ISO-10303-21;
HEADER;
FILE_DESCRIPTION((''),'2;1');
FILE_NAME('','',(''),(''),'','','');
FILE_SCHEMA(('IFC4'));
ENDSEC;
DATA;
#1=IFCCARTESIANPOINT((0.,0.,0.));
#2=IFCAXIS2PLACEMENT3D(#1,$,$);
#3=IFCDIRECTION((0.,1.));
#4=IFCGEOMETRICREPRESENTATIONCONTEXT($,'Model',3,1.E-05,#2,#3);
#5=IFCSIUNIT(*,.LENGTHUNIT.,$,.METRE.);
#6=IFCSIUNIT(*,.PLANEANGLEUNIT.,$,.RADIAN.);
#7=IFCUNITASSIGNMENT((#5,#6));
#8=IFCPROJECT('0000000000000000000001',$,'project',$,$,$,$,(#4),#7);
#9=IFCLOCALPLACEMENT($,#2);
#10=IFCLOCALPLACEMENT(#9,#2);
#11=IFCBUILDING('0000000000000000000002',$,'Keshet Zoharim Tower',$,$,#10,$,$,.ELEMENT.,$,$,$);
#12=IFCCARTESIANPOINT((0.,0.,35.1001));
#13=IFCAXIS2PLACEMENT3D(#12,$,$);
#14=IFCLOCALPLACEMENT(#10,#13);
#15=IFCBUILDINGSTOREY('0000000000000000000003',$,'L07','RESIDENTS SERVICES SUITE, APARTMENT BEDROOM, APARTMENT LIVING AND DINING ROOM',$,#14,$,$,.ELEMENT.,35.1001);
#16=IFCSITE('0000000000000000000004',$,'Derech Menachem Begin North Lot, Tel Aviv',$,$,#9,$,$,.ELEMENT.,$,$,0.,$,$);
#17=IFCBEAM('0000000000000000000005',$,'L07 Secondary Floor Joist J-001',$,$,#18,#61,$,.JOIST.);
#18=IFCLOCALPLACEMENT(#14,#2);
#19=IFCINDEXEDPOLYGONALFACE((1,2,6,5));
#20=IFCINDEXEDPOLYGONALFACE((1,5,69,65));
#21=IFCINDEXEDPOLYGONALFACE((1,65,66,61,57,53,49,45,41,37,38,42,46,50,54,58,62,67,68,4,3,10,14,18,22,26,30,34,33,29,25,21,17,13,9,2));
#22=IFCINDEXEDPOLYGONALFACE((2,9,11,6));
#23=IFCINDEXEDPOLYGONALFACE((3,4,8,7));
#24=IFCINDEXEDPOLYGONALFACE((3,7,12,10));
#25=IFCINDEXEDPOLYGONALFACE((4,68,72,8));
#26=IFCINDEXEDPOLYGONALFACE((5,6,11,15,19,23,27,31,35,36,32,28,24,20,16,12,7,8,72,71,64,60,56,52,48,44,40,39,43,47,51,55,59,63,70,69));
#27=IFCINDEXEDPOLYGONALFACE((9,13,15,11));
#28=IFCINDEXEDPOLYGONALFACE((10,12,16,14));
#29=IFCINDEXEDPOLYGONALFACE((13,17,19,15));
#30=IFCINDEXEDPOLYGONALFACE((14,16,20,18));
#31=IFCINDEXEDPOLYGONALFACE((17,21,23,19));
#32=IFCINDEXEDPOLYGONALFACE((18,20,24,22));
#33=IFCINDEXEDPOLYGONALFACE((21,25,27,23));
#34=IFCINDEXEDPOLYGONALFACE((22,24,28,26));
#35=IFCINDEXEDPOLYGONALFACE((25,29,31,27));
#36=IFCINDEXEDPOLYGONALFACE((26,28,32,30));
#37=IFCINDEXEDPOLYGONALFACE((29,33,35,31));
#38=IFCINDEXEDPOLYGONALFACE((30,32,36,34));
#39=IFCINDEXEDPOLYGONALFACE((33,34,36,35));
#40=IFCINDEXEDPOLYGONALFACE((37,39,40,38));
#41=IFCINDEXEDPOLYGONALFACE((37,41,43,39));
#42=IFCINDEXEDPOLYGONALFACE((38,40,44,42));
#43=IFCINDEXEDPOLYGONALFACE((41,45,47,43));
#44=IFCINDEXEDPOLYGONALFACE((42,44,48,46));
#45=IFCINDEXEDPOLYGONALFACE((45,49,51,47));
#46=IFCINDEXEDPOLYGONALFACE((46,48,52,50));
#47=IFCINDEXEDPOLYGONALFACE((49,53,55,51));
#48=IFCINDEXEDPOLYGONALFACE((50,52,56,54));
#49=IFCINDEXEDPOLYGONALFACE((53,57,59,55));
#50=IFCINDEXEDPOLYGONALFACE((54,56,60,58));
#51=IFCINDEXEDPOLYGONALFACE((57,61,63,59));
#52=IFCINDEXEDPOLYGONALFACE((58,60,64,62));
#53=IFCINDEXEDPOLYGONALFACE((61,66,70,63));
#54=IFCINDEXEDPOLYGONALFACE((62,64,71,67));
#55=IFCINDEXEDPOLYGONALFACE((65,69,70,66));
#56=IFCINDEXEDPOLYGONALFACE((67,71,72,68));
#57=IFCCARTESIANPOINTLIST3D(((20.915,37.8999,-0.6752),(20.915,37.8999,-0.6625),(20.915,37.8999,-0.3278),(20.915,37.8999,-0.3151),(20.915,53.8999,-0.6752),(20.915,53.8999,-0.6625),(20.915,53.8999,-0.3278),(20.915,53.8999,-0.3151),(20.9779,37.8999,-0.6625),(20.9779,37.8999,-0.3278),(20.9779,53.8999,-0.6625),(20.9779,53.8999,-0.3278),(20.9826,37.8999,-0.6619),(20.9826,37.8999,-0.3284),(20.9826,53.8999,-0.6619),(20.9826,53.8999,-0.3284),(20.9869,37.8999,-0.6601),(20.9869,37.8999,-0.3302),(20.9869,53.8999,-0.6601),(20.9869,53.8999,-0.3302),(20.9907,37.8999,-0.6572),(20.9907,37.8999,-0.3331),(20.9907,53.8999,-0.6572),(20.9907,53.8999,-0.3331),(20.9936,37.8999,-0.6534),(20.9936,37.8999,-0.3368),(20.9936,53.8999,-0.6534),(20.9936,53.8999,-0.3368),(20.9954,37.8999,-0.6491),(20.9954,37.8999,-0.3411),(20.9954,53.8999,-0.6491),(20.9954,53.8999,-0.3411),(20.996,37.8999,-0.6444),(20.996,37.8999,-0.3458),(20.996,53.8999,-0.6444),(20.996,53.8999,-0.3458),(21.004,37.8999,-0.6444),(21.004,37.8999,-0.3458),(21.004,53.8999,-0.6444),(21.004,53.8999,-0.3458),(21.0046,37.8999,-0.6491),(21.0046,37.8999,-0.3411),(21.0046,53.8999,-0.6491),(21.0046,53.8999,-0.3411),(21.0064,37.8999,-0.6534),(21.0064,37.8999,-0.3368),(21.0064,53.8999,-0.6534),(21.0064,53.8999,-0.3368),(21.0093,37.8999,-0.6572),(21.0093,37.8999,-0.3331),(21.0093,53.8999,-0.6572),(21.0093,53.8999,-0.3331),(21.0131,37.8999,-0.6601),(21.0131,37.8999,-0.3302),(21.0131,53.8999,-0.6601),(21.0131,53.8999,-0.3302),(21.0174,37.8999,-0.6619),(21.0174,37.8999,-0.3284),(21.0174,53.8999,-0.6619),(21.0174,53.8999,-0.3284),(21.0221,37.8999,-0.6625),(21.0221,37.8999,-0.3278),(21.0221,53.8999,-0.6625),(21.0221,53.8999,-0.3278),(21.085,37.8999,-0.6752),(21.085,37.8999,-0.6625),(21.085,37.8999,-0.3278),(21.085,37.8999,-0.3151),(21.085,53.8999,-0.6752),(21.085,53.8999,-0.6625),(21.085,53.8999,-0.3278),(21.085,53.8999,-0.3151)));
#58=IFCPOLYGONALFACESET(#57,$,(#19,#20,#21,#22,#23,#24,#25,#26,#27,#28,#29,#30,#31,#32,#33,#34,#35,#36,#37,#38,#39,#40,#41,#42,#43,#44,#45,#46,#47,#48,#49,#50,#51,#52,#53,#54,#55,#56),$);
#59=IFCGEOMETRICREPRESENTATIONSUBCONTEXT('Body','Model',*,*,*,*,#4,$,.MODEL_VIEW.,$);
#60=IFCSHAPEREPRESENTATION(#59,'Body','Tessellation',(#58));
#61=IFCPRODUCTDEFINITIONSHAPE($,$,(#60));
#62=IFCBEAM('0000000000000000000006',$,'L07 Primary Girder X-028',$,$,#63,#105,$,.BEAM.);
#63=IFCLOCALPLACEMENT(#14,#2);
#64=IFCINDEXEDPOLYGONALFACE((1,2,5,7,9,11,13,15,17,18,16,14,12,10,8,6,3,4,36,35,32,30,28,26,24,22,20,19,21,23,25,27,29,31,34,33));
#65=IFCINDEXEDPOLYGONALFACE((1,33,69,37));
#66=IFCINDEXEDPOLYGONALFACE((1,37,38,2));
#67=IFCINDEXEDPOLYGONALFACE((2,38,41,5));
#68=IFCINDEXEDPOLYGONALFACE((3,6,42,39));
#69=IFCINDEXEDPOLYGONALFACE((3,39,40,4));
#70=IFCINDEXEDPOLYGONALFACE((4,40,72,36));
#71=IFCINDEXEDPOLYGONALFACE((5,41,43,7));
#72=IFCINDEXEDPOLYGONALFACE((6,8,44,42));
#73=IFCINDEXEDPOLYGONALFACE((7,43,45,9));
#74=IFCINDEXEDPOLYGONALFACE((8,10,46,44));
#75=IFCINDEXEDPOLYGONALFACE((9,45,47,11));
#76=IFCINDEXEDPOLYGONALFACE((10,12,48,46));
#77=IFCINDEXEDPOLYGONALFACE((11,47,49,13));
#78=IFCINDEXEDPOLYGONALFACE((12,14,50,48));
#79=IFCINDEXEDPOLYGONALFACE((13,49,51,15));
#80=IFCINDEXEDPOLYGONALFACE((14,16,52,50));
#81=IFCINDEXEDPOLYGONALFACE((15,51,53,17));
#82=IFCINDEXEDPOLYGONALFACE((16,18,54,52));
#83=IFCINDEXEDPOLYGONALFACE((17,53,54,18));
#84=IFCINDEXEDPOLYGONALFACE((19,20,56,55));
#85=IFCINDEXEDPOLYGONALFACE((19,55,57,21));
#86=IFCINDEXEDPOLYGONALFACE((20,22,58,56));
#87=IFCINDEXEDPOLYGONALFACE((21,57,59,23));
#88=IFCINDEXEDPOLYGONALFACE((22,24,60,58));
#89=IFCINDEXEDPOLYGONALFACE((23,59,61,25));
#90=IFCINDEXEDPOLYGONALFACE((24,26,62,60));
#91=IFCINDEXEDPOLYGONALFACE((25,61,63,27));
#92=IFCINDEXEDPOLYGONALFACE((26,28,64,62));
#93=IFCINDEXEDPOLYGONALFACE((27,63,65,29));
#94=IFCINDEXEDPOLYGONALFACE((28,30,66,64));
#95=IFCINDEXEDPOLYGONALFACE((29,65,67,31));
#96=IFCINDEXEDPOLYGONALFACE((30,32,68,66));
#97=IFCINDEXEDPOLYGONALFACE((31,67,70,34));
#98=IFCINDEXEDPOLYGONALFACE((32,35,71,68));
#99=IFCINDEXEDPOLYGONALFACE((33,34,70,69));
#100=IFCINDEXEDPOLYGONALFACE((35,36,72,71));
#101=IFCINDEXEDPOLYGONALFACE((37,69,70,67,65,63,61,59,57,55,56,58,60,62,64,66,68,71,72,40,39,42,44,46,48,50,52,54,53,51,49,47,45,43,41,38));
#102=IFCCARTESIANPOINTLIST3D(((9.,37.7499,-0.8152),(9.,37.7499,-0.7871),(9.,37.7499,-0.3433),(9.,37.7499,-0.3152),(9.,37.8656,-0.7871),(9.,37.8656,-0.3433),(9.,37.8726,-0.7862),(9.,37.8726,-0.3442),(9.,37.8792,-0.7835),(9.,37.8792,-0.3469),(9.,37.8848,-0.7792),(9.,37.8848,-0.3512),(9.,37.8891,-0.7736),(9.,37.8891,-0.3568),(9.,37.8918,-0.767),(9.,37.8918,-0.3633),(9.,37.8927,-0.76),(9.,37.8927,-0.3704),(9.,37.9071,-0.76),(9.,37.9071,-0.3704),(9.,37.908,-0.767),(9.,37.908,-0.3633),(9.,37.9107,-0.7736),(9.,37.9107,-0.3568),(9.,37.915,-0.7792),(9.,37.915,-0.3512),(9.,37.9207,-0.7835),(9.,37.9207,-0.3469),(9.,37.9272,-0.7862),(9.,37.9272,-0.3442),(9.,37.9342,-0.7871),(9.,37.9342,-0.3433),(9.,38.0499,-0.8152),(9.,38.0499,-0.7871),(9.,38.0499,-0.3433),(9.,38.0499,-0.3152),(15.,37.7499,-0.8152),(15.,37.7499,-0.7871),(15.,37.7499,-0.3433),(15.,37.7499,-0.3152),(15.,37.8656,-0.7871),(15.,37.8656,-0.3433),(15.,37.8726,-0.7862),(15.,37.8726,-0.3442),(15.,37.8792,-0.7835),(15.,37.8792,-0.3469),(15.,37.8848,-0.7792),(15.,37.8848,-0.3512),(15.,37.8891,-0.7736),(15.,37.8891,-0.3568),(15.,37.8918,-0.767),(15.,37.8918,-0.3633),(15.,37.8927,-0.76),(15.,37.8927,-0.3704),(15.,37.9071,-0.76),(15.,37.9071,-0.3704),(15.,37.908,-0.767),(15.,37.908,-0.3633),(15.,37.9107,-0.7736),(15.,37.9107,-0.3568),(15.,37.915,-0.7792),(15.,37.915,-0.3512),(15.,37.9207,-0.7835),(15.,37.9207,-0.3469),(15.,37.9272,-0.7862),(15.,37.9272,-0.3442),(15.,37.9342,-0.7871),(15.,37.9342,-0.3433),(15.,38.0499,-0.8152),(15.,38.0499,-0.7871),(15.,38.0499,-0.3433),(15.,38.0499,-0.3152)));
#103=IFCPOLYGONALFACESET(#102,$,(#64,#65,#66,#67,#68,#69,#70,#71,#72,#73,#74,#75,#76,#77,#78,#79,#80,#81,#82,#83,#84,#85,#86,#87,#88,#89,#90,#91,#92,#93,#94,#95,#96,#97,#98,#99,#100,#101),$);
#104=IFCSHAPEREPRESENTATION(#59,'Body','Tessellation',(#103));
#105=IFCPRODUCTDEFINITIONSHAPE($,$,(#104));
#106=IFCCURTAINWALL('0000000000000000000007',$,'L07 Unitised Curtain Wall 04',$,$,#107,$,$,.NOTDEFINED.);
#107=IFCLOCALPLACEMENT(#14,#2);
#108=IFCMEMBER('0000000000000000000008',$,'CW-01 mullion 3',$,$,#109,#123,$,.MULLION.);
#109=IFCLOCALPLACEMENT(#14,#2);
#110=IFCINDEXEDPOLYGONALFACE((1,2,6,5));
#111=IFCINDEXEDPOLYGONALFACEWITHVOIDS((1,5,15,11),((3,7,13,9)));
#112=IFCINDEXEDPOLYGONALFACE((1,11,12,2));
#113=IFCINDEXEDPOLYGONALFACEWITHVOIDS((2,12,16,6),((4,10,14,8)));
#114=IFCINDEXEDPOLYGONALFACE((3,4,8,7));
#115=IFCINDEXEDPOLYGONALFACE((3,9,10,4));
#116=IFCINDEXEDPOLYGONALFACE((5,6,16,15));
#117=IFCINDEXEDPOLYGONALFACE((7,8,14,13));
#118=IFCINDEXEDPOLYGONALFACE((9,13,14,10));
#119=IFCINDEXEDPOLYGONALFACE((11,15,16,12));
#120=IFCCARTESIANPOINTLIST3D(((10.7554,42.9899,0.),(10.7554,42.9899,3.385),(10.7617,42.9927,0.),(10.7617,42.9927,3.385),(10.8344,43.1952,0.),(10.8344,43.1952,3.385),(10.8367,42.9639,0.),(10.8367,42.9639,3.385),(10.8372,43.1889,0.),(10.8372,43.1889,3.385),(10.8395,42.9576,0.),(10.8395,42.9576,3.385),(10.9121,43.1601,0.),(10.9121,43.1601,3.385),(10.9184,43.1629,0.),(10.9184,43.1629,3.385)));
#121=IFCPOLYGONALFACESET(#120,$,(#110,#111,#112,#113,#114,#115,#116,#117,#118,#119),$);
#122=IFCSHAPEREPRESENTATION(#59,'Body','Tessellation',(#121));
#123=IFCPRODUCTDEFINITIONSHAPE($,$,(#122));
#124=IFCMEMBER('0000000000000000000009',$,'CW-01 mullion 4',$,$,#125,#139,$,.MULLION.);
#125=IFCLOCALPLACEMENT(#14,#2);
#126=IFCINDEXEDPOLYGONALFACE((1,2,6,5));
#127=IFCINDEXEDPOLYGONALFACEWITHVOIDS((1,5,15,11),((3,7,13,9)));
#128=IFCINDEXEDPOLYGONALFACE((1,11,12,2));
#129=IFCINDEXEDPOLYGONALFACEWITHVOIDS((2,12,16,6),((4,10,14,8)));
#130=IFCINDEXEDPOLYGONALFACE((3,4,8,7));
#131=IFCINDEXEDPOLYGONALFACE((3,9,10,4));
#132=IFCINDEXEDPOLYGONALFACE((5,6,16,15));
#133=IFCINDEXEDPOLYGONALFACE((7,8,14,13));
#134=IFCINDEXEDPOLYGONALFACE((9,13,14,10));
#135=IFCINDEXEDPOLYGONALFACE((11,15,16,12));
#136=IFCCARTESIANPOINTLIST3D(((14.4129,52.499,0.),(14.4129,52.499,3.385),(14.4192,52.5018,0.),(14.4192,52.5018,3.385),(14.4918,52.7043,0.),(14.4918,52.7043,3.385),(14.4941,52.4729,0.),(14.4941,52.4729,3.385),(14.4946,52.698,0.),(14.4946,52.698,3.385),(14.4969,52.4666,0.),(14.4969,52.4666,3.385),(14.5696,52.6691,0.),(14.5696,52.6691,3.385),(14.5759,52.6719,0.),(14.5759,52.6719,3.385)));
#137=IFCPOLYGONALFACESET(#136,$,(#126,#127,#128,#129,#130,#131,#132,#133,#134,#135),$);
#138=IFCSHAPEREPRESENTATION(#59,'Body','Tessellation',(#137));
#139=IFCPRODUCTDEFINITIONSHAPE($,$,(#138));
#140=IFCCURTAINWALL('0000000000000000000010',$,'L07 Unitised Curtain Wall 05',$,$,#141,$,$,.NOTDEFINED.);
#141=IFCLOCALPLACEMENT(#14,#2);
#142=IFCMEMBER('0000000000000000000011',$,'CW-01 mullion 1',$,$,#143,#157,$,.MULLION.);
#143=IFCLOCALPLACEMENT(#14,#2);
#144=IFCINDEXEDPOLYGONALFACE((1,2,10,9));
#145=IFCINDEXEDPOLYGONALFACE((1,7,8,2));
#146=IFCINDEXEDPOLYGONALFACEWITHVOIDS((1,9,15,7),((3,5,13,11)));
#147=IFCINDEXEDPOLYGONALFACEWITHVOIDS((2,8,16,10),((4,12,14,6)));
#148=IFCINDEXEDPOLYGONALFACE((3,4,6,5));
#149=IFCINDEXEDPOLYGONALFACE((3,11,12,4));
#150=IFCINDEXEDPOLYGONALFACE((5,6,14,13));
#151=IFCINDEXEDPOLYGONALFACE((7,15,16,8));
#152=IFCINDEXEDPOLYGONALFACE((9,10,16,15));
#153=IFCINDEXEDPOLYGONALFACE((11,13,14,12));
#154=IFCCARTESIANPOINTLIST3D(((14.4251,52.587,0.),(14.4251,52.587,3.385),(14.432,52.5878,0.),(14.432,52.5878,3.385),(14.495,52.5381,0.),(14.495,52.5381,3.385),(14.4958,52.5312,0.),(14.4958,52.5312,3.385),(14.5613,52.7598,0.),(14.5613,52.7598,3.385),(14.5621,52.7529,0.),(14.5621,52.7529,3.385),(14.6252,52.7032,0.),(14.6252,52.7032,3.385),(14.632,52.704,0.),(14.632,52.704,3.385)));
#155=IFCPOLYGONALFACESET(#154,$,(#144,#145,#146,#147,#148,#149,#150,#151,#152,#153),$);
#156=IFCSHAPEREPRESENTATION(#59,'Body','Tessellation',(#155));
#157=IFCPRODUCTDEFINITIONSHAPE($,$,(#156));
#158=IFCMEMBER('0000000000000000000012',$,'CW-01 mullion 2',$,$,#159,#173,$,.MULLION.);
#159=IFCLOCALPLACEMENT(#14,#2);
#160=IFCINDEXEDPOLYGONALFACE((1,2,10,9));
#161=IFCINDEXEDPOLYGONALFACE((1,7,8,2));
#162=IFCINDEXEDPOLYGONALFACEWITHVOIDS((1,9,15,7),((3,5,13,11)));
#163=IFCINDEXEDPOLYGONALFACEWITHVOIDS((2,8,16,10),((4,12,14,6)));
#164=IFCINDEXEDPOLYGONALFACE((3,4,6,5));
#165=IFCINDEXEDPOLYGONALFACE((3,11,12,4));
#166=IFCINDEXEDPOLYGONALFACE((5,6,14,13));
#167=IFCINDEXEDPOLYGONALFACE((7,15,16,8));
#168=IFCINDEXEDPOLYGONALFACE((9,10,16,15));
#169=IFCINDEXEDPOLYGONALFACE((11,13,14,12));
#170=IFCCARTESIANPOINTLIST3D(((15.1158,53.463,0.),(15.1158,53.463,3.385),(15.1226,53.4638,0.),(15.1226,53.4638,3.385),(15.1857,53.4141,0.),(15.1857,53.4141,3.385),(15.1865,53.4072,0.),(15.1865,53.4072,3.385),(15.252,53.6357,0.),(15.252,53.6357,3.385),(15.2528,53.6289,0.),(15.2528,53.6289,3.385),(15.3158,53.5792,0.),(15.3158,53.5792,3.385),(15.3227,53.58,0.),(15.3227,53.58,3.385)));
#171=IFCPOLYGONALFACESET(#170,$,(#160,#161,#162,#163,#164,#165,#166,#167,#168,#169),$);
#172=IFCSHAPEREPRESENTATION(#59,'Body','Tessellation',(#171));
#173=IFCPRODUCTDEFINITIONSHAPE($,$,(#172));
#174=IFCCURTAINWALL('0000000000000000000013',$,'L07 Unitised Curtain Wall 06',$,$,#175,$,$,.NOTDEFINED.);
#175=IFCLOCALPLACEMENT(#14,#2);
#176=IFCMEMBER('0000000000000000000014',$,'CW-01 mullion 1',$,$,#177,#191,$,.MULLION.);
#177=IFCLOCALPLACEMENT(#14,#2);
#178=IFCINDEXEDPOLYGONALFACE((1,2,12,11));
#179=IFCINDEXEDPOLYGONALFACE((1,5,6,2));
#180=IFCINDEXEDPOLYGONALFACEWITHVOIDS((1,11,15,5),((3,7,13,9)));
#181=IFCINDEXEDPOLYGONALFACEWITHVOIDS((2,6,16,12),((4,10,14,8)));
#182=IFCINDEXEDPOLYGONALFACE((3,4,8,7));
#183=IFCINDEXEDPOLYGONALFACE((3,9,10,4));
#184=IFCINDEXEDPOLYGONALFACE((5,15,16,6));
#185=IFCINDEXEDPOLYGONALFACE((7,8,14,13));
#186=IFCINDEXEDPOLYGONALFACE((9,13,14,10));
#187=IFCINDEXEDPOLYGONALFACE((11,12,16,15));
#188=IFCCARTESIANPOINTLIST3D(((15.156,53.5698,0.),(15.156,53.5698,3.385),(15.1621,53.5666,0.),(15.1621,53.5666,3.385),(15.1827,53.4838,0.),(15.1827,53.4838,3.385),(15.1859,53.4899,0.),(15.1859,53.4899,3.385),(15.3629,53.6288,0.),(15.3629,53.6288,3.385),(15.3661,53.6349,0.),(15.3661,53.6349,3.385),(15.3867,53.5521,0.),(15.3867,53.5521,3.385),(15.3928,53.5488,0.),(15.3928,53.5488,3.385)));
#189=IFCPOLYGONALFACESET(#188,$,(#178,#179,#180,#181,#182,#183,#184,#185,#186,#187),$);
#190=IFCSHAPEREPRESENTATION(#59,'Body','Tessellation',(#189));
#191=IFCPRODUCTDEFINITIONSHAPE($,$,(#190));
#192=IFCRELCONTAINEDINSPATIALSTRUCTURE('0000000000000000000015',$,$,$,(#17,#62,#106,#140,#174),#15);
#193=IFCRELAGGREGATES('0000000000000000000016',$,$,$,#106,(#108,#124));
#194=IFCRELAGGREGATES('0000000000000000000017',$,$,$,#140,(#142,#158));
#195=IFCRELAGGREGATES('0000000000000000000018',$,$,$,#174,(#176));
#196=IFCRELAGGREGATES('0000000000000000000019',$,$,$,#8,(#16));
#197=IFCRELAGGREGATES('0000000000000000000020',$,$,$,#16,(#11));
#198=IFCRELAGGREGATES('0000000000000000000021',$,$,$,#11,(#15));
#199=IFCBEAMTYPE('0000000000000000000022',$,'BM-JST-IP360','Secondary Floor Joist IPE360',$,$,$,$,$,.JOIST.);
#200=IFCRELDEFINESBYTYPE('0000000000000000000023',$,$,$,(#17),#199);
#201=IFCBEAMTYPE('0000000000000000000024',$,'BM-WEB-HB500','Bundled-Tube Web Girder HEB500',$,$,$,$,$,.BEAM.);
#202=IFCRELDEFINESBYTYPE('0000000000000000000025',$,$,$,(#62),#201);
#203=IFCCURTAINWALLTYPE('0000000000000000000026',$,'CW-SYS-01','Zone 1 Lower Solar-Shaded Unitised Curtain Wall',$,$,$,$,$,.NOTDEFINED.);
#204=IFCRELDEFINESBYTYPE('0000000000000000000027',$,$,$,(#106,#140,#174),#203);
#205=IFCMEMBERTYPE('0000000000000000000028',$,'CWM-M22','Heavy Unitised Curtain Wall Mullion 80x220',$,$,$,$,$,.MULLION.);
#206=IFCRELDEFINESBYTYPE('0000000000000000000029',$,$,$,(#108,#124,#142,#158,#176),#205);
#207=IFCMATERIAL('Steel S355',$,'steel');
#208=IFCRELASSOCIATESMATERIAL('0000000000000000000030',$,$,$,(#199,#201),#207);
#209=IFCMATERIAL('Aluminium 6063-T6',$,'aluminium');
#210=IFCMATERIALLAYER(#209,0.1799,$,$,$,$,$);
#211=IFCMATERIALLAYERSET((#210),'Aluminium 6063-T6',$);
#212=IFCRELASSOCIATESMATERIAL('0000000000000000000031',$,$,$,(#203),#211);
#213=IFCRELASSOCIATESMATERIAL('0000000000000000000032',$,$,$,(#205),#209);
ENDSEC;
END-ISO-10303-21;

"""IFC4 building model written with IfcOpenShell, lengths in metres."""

from ifc_helpers import new_model, si_unit, direction, frame, origin, origin_2d, place, context, subcontext, project, spatial, hollow_rectangle, i_section, extrude, material, layer, layer_set, material_profile, profile_set, type_object, element, aggregate, save


model = new_model("IFC4")

# Units and contexts
model_context = context("Model", 3, precision=1e-05, world=origin(), true_north=direction((0.0, 1.0)))
body_context = subcontext(model_context, "Body", "Model", "MODEL_VIEW")
ifc_project = project(units=[si_unit("LENGTHUNIT", "METRE"), si_unit("PLANEANGLEUNIT", "RADIAN")], contexts=[model_context])

# Site, building, storey
site_placement = place(None, origin())
site = spatial("IfcSite", under=ifc_project, at=site_placement, Name="Derech Menachem Begin North Lot, Tel Aviv", CompositionType="ELEMENT", RefElevation=0.0)
building_placement = place(site_placement, origin())
building = spatial("IfcBuilding", under=site, at=building_placement, Name="Keshet Zoharim Tower", CompositionType="ELEMENT")
storey_placement = place(building_placement, frame((0.0, 0.0, 35.1001)))
storey = spatial("IfcBuildingStorey", under=building, at=storey_placement, Name="L07", Description="RESIDENTS SERVICES SUITE, APARTMENT BEDROOM, APARTMENT LIVING AND DINING ROOM", CompositionType="ELEMENT", Elevation=35.1001)

# Beams
ifc_material_1 = material(Name="Steel S355", Category="steel")
ifc_material_profile_1 = material_profile(ifc_material_1, i_section(OverallWidth=0.1699, OverallDepth=0.3601, WebThickness=0.0081, FlangeThickness=0.0127, FilletRadius=0.0181, at=origin_2d()), Name="IPE360")
ifc_profile_set_1 = profile_set([ifc_material_profile_1], Name="Steel S355")
beam_type_1 = type_object("IfcBeamType", Name="BM-JST-IP360", Description="Secondary Floor Joist IPE360", PredefinedType="JOIST", material=ifc_profile_set_1)
beam_1_placement = place(storey_placement, frame((21.0, 37.8999, -0.4951), z_axis=(0.0, 1.0, 0.0), x_axis=(-1.0, 0.0, 0.0)))
element("IfcBeam", 1, at=beam_1_placement, inside=storey, type_object=beam_type_1, Name="L07 Secondary Floor Joist J-001", PredefinedType="JOIST", context=body_context, shape_type="SweptSolid", body=[
    extrude(i_section(OverallWidth=0.1699, OverallDepth=0.3601, WebThickness=0.0081, FlangeThickness=0.0127, FilletRadius=0.0181, at=origin_2d()), origin(), (0.0, 0.0, 1.0), 16.0),
])
ifc_material_profile_2 = material_profile(ifc_material_1, i_section(OverallWidth=0.3, OverallDepth=0.5, WebThickness=0.0144, FlangeThickness=0.0281, FilletRadius=0.0271, at=origin_2d()), Name="HEB500")
ifc_profile_set_2 = profile_set([ifc_material_profile_2], Name="Steel S355")
beam_type_2 = type_object("IfcBeamType", Name="BM-WEB-HB500", Description="Bundled-Tube Web Girder HEB500", PredefinedType="BEAM", material=ifc_profile_set_2)
beam_2_placement = place(storey_placement, frame((9.0, 37.8999, -0.5652), z_axis=(1.0, 0.0, 0.0), x_axis=(0.0, 1.0, 0.0)))
element("IfcBeam", 2, at=beam_2_placement, inside=storey, type_object=beam_type_2, Name="L07 Primary Girder X-028", PredefinedType="BEAM", context=body_context, shape_type="SweptSolid", body=[
    extrude(i_section(OverallWidth=0.3, OverallDepth=0.5, WebThickness=0.0144, FlangeThickness=0.0281, FilletRadius=0.0271, at=origin_2d()), origin(), (0.0, 0.0, 1.0), 6.0),
])

# Curtain walls, members
ifc_material_2 = material(Name="Aluminium 6063-T6", Category="aluminium")
ifc_layer_1 = layer(ifc_material_2, 0.1799)
ifc_layer_set_1 = layer_set([ifc_layer_1], Name="Aluminium 6063-T6")
curtain_wall_type_1 = type_object("IfcCurtainWallType", Name="CW-SYS-01", Description="Zone 1 Lower Solar-Shaded Unitised Curtain Wall", PredefinedType="NOTDEFINED", material=ifc_layer_set_1)
curtain_wall_1_placement = place(storey_placement, origin())
curtain_wall_1 = element("IfcCurtainWall", 3, at=curtain_wall_1_placement, inside=storey, type_object=curtain_wall_type_1, Name="L07 Unitised Curtain Wall 04", PredefinedType="NOTDEFINED")
ifc_material_profile_3 = material_profile(ifc_material_2, hollow_rectangle(XDim=0.0901, YDim=0.22, WallThickness=0.0049, at=origin_2d()), Name="MUL-90x220")
ifc_profile_set_3 = profile_set([ifc_material_profile_3], Name="Aluminium 6063-T6")
member_type_1 = type_object("IfcMemberType", Name="CWM-M22", Description="Heavy Unitised Curtain Wall Mullion 80x220", PredefinedType="MULLION", material=ifc_profile_set_3)
member_1_placement = place(storey_placement, frame((10.8369, 43.0764, 0.0), z_axis=(0.0, 0.0, 1.0), x_axis=(-0.933341, 0.35899, 0.0)))
member_1 = element("IfcMember", 4, at=member_1_placement, type_object=member_type_1, Name="CW-01 mullion 3", PredefinedType="MULLION", context=body_context, shape_type="SweptSolid", body=[
    extrude(hollow_rectangle(XDim=0.0901, YDim=0.22, WallThickness=0.0049, at=origin_2d()), origin(), (0.0, 0.0, 1.0), 3.385),
])
member_2_placement = place(storey_placement, frame((14.4944, 52.5854, 0.0), z_axis=(0.0, 0.0, 1.0), x_axis=(-0.933341, 0.35899, 0.0)))
member_2 = element("IfcMember", 5, at=member_2_placement, type_object=member_type_1, Name="CW-01 mullion 4", PredefinedType="MULLION", context=body_context, shape_type="SweptSolid", body=[
    extrude(hollow_rectangle(XDim=0.0901, YDim=0.22, WallThickness=0.0049, at=origin_2d()), origin(), (0.0, 0.0, 1.0), 3.385),
])
curtain_wall_2_placement = place(storey_placement, origin())
curtain_wall_2 = element("IfcCurtainWall", 6, at=curtain_wall_2_placement, inside=storey, type_object=curtain_wall_type_1, Name="L07 Unitised Curtain Wall 05", PredefinedType="NOTDEFINED")
member_3_placement = place(storey_placement, frame((14.5286, 52.6455, 0.0), z_axis=(0.0, 0.0, 1.0), x_axis=(-0.785293, 0.619125, 0.0)))
member_3 = element("IfcMember", 7, at=member_3_placement, type_object=member_type_1, Name="CW-01 mullion 1", PredefinedType="MULLION", context=body_context, shape_type="SweptSolid", body=[
    extrude(hollow_rectangle(XDim=0.0901, YDim=0.22, WallThickness=0.0049, at=origin_2d()), origin(), (0.0, 0.0, 1.0), 3.385),
])
member_4_placement = place(storey_placement, frame((15.2192, 53.5215, 0.0), z_axis=(0.0, 0.0, 1.0), x_axis=(-0.785293, 0.619125, 0.0)))
member_4 = element("IfcMember", 8, at=member_4_placement, type_object=member_type_1, Name="CW-01 mullion 2", PredefinedType="MULLION", context=body_context, shape_type="SweptSolid", body=[
    extrude(hollow_rectangle(XDim=0.0901, YDim=0.22, WallThickness=0.0049, at=origin_2d()), origin(), (0.0, 0.0, 1.0), 3.385),
])
curtain_wall_3_placement = place(storey_placement, origin())
curtain_wall_3 = element("IfcCurtainWall", 9, at=curtain_wall_3_placement, inside=storey, type_object=curtain_wall_type_1, Name="L07 Unitised Curtain Wall 06", PredefinedType="NOTDEFINED")
member_5_placement = place(storey_placement, frame((15.2744, 53.5593, 0.0), z_axis=(0.0, 0.0, 1.0), x_axis=(-0.295922, 0.955212, 0.0)))
member_5 = element("IfcMember", 10, at=member_5_placement, type_object=member_type_1, Name="CW-01 mullion 1", PredefinedType="MULLION", context=body_context, shape_type="SweptSolid", body=[
    extrude(hollow_rectangle(XDim=0.0901, YDim=0.22, WallThickness=0.0049, at=origin_2d()), origin(), (0.0, 0.0, 1.0), 3.385),
])

aggregate(curtain_wall_1, [member_1, member_2])
aggregate(curtain_wall_2, [member_3, member_4])
aggregate(curtain_wall_3, [member_5])

save(model, "model.ifc")
